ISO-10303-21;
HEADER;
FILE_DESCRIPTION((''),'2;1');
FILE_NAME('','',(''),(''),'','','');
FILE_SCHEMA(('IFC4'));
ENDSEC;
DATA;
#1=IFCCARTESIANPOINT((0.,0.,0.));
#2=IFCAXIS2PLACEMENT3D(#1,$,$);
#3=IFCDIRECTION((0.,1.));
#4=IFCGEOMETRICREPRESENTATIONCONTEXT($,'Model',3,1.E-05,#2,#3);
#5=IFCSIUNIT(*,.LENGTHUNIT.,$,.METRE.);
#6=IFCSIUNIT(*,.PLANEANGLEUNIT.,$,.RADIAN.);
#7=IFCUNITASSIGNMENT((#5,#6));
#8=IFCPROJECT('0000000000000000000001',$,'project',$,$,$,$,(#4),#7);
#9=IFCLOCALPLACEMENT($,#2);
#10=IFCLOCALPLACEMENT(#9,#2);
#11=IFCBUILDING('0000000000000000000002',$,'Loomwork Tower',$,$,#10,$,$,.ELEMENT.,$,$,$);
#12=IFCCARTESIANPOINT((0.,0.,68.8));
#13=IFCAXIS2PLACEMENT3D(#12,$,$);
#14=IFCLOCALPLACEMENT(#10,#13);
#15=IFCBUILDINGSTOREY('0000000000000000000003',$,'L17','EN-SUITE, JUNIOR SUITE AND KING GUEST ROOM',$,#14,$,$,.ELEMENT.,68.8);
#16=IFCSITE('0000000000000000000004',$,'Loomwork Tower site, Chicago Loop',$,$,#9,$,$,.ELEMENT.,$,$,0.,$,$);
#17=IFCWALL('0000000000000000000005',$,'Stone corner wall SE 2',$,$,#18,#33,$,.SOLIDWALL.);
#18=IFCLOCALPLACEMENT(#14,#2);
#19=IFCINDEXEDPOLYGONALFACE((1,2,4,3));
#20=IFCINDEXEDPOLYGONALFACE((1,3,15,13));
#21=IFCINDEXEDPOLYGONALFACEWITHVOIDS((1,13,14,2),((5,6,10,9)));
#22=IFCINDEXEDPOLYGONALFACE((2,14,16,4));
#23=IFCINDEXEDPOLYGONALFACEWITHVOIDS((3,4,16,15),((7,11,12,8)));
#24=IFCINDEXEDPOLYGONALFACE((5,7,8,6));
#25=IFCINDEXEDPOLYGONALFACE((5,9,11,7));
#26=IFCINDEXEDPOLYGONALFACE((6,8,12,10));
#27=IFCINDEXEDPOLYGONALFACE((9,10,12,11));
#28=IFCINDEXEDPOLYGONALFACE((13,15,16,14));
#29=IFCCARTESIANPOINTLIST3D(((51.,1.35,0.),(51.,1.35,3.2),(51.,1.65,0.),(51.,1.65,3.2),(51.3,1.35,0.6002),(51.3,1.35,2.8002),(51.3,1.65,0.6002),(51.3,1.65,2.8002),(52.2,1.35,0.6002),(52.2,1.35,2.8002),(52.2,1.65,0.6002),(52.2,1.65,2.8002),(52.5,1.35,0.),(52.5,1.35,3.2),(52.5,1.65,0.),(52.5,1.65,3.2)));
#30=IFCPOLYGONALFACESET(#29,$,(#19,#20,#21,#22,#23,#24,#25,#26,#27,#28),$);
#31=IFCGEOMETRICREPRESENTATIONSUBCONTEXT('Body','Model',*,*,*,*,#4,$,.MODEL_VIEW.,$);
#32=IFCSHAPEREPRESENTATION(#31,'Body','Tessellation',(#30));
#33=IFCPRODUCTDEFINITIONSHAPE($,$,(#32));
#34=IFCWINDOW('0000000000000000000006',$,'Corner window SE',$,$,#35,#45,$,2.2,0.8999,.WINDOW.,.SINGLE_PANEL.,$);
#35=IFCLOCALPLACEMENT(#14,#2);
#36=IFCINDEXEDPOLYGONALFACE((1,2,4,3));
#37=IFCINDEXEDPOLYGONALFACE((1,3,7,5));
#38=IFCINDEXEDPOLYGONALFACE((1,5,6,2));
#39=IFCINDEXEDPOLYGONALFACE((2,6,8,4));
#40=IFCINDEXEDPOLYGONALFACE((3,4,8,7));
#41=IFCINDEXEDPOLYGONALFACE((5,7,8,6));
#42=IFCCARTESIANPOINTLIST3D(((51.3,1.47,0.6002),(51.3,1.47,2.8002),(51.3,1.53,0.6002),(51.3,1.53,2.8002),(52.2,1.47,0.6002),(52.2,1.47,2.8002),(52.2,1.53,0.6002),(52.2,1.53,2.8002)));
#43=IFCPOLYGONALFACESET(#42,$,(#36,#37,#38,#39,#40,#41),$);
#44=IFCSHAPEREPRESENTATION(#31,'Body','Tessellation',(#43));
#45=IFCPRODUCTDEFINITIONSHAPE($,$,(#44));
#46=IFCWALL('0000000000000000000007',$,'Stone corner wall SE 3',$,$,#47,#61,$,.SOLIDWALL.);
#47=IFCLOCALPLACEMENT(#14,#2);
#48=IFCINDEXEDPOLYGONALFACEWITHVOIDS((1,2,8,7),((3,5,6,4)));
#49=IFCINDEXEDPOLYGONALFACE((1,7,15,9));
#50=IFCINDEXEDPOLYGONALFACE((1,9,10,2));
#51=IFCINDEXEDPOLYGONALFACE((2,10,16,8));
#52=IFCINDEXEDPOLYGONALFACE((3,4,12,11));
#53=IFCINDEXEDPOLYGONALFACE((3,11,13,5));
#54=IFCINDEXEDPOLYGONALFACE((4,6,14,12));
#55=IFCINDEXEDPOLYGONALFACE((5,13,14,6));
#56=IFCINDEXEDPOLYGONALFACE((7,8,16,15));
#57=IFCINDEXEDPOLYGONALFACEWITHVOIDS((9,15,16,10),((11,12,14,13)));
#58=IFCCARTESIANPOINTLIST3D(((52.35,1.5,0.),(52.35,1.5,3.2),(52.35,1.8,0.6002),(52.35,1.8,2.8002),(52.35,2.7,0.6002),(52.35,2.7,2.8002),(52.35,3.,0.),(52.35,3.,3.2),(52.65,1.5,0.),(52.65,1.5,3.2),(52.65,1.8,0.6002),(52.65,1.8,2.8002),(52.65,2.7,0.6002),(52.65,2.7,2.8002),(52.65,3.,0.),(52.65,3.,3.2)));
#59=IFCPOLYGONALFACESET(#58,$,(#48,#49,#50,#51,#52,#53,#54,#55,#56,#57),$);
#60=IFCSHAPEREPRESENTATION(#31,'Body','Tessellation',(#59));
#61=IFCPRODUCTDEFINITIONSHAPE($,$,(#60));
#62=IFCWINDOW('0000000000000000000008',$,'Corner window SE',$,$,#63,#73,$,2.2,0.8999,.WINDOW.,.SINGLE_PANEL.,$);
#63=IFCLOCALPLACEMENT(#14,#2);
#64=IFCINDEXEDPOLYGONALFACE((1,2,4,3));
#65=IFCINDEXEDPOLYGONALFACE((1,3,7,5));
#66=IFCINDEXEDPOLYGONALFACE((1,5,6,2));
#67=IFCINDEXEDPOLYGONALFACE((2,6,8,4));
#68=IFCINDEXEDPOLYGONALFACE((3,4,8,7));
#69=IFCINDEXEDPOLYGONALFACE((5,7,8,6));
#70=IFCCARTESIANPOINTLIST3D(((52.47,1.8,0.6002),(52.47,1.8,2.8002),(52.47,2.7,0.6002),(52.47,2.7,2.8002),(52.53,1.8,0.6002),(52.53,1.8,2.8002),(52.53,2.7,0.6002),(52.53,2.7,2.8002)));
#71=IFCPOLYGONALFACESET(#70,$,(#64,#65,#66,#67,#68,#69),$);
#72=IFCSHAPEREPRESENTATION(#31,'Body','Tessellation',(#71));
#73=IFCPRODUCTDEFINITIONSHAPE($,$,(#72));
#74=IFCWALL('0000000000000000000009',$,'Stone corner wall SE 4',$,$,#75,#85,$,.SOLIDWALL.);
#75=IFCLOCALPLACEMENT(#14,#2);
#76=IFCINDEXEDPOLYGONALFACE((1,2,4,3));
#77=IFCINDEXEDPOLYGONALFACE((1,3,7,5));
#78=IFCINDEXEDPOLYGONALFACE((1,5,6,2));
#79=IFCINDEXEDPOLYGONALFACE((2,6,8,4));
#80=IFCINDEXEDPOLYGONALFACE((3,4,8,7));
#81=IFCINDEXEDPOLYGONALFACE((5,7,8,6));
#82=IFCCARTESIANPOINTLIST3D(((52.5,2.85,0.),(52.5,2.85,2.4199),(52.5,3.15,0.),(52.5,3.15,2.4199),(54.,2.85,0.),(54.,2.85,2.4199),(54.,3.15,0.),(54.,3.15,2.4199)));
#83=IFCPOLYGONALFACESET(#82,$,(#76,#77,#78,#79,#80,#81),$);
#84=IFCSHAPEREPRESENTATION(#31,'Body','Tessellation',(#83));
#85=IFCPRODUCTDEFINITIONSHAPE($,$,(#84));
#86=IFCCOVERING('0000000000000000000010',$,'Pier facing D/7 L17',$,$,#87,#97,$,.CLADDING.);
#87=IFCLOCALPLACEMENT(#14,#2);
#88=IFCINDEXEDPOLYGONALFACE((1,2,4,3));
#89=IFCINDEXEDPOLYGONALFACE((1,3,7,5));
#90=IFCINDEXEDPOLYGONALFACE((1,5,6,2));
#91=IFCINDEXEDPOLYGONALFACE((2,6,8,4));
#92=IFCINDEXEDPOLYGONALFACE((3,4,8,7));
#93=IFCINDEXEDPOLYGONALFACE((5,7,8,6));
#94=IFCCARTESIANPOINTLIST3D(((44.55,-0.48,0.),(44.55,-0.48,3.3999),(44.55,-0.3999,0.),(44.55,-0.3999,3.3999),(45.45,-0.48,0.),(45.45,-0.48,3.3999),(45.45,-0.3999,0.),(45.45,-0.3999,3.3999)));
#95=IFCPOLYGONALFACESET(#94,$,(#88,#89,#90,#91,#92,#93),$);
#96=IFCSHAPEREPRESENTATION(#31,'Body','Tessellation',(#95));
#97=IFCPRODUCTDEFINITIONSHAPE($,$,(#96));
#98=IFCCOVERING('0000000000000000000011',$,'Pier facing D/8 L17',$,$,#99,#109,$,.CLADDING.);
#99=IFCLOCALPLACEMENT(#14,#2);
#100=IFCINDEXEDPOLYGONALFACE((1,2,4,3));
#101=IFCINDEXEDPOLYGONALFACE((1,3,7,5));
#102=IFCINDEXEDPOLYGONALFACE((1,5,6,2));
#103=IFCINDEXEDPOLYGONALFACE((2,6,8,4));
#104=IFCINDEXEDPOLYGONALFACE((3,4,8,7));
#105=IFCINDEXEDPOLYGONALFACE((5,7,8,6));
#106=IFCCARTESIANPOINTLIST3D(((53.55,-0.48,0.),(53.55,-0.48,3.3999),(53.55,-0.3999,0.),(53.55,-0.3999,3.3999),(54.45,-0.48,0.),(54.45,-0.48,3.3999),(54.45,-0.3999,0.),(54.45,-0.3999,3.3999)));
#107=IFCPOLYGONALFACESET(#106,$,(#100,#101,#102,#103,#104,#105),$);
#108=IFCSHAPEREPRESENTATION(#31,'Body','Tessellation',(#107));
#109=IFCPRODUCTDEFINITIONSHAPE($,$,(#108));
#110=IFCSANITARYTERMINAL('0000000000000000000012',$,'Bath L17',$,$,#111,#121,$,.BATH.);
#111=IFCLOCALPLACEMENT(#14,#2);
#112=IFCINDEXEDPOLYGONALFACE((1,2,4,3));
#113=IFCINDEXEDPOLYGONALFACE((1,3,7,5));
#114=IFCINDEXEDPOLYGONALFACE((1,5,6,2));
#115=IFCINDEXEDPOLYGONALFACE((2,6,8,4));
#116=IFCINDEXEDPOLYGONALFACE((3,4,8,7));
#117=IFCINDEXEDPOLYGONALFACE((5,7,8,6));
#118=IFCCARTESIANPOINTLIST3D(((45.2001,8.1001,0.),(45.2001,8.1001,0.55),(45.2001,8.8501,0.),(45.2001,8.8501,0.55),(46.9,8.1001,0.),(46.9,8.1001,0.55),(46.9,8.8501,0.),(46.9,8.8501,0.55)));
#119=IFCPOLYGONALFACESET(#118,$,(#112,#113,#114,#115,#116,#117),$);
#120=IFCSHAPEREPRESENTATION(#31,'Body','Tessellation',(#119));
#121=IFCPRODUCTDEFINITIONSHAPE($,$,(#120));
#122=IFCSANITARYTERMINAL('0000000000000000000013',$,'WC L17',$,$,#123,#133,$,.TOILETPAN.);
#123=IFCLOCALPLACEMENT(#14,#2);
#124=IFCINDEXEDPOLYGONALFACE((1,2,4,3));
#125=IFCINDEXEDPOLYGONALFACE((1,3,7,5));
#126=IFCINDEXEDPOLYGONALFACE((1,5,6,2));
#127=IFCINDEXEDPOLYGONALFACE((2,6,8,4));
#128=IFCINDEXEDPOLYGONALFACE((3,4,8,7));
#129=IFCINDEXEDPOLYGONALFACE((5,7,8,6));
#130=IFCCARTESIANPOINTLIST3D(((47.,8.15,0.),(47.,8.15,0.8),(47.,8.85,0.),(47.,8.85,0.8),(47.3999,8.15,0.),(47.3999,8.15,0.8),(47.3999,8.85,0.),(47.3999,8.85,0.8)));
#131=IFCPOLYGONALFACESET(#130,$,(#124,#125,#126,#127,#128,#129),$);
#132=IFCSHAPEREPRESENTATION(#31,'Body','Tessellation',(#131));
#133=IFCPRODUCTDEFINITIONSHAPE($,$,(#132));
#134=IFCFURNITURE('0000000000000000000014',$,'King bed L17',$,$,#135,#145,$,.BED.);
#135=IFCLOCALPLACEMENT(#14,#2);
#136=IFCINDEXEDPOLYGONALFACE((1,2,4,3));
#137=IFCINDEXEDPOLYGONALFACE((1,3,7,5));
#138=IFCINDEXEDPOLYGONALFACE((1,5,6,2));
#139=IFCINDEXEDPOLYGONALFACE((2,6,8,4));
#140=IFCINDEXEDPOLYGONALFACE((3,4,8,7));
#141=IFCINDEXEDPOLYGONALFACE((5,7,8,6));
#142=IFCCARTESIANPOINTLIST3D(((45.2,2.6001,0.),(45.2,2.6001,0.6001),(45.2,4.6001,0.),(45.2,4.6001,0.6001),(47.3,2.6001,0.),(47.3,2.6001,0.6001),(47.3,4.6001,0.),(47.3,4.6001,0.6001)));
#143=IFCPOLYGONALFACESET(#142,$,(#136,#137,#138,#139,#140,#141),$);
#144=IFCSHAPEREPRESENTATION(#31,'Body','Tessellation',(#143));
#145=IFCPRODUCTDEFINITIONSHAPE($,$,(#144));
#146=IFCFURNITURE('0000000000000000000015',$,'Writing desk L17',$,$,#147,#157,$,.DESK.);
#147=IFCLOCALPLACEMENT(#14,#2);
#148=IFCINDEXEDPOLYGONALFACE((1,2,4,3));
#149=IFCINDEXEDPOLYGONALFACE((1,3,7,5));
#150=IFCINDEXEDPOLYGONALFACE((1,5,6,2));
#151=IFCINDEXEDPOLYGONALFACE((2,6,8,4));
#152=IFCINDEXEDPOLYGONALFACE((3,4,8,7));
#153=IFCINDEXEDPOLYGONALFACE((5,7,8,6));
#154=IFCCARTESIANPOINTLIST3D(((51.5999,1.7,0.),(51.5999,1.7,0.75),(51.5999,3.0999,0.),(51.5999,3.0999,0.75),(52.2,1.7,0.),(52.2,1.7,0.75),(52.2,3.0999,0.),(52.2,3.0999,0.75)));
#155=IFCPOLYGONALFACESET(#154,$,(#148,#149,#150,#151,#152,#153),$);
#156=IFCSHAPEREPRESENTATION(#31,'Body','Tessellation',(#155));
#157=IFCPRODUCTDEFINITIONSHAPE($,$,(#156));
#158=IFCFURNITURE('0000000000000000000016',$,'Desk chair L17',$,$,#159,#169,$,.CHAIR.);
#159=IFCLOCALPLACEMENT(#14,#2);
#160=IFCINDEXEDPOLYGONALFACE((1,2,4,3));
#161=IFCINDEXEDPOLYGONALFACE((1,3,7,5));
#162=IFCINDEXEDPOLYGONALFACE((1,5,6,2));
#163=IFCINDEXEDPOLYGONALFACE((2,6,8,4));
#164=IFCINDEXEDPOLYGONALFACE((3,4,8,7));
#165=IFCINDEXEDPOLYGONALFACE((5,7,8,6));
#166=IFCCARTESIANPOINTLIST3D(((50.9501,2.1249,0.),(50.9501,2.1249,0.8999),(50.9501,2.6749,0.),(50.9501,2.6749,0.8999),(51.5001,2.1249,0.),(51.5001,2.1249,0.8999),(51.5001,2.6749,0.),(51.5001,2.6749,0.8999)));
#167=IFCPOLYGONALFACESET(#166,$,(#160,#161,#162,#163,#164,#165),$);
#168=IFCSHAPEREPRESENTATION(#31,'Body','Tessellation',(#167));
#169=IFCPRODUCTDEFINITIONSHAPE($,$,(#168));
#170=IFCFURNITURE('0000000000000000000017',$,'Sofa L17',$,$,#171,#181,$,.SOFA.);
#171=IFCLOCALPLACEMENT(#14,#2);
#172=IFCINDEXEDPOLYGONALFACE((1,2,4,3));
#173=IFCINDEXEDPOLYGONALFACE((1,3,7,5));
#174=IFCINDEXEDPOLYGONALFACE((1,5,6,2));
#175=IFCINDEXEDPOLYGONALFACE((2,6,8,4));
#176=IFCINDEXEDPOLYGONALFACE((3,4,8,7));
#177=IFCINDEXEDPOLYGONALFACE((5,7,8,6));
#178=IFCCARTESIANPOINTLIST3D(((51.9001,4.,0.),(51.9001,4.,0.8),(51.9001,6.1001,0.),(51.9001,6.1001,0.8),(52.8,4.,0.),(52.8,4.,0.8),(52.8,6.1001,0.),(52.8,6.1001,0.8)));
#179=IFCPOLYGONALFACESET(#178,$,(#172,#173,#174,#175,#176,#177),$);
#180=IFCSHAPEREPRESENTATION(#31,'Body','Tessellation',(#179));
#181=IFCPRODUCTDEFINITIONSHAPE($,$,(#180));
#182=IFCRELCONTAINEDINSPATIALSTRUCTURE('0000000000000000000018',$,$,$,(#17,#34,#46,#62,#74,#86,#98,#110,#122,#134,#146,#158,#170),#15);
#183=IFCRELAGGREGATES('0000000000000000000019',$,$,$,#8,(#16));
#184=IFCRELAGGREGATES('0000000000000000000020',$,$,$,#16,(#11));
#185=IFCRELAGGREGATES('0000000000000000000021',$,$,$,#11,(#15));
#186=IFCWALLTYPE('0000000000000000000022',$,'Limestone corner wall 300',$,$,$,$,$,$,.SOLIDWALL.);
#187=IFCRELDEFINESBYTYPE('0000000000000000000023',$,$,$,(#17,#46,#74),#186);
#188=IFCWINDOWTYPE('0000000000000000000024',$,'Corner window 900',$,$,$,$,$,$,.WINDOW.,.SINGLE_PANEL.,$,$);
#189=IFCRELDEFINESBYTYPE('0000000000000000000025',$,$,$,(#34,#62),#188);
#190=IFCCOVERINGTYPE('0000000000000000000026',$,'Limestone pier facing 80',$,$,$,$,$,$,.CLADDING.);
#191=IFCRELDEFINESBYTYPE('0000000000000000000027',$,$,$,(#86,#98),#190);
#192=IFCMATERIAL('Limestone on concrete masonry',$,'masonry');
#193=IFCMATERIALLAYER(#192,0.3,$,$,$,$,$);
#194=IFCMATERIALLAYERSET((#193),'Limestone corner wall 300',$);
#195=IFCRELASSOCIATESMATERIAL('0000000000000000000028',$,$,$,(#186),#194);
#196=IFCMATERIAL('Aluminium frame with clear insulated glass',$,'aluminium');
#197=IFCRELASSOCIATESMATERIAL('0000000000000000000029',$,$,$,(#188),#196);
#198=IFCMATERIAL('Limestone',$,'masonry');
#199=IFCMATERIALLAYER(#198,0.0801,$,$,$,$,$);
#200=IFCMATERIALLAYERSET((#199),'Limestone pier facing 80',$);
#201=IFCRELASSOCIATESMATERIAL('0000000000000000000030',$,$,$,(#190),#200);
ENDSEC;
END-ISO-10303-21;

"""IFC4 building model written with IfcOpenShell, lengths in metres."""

from ifc_helpers import new_model, si_unit, direction, frame, frame_2d, origin, origin_2d, place, context, subcontext, project, spatial, rectangle, extrude, material, layer, layer_set, type_object, element, fill, save


model = new_model("IFC4")

# Units and contexts
model_context = context("Model", 3, precision=1e-05, world=origin(), true_north=direction((0.0, 1.0)))
body_context = subcontext(model_context, "Body", "Model", "MODEL_VIEW")
ifc_project = project(units=[si_unit("LENGTHUNIT", "METRE"), si_unit("PLANEANGLEUNIT", "RADIAN")], contexts=[model_context])

# Site, building, storey
site_placement = place(None, origin())
site = spatial("IfcSite", under=ifc_project, at=site_placement, Name="Loomwork Tower site, Chicago Loop", CompositionType="ELEMENT", RefElevation=0.0)
building_placement = place(site_placement, origin())
building = spatial("IfcBuilding", under=site, at=building_placement, Name="Loomwork Tower", CompositionType="ELEMENT")
storey_placement = place(building_placement, frame((0.0, 0.0, 68.8)))
storey = spatial("IfcBuildingStorey", under=building, at=storey_placement, Name="L17", Description="EN-SUITE, JUNIOR SUITE AND KING GUEST ROOM", CompositionType="ELEMENT", Elevation=68.8)

# Shared definitions
ifc_material_1 = material(Name="Limestone on concrete masonry", Category="masonry")
ifc_layer_1 = layer(ifc_material_1, 0.3)
ifc_layer_set_1 = layer_set([ifc_layer_1], Name="Limestone corner wall 300")
wall_type_1 = type_object("IfcWallType", Name="Limestone corner wall 300", PredefinedType="SOLIDWALL", material=ifc_layer_set_1)

# Walls, openings, windows
wall_1_placement = place(storey_placement, frame((51.0, 1.5, 0.0), z_axis=(0.0, 0.0, 1.0), x_axis=(1.0, 0.0, 0.0)))
wall_1 = element("IfcWall", 1, at=wall_1_placement, inside=storey, type_object=wall_type_1, Name="Stone corner wall SE 2", PredefinedType="SOLIDWALL", context=body_context, shape_type="SweptSolid", body=[
    extrude(rectangle(XDim=1.5, YDim=0.3, at=frame_2d((0.75, 0.0))), origin(), (0.0, 0.0, 1.0), 3.2),
])
opening_1_placement = place(wall_1_placement, frame((0.3, 0.0, 0.6001)))
opening_1 = element("IfcOpeningElement", 2, at=opening_1_placement, cuts=wall_1, PredefinedType="OPENING", context=body_context, shape_type="SweptSolid", body=[
    extrude(rectangle(XDim=0.8999, YDim=2.2, at=frame_2d((0.45, 1.1001))), frame((0.0, 0.1599, 0.0), z_axis=(0.0, -1.0, 0.0), x_axis=(1.0, 0.0, 0.0)), (0.0, 0.0, 1.0), 0.3201),
])
ifc_material_2 = material(Name="Aluminium frame with clear insulated glass", Category="aluminium")
window_type_1 = type_object("IfcWindowType", Name="Corner window 900", PartitioningType="SINGLE_PANEL", PredefinedType="WINDOW", material=ifc_material_2)
window_1_placement = place(opening_1_placement, origin())
window_1 = element("IfcWindow", 3, at=window_1_placement, inside=storey, type_object=window_type_1, Name="Corner window SE", OverallHeight=2.2, OverallWidth=0.8999, PartitioningType="SINGLE_PANEL", PredefinedType="WINDOW", context=body_context, shape_type="SweptSolid", body=[
    extrude(rectangle(XDim=0.8999, YDim=2.2, at=frame_2d((0.45, 1.1001))), frame((0.0, 0.03, 0.0), z_axis=(0.0, -1.0, 0.0), x_axis=(1.0, 0.0, 0.0)), (0.0, 0.0, 1.0), 0.0601),
])
fill(opening_1, window_1)
wall_2_placement = place(storey_placement, frame((52.5, 1.5, 0.0), z_axis=(0.0, 0.0, 1.0), x_axis=(0.0, 1.0, 0.0)))
wall_2 = element("IfcWall", 4, at=wall_2_placement, inside=storey, type_object=wall_type_1, Name="Stone corner wall SE 3", PredefinedType="SOLIDWALL", context=body_context, shape_type="SweptSolid", body=[
    extrude(rectangle(XDim=1.5, YDim=0.3, at=frame_2d((0.75, 0.0))), origin(), (0.0, 0.0, 1.0), 3.2),
])
opening_2_placement = place(wall_2_placement, frame((0.3, 0.0, 0.6001)))
opening_2 = element("IfcOpeningElement", 5, at=opening_2_placement, cuts=wall_2, PredefinedType="OPENING", context=body_context, shape_type="SweptSolid", body=[
    extrude(rectangle(XDim=0.8999, YDim=2.2, at=frame_2d((0.45, 1.1001))), frame((0.0, 0.1599, 0.0), z_axis=(0.0, -1.0, 0.0), x_axis=(1.0, 0.0, 0.0)), (0.0, 0.0, 1.0), 0.3201),
])
window_2_placement = place(opening_2_placement, origin())
window_2 = element("IfcWindow", 6, at=window_2_placement, inside=storey, type_object=window_type_1, Name="Corner window SE", OverallHeight=2.2, OverallWidth=0.8999, PartitioningType="SINGLE_PANEL", PredefinedType="WINDOW", context=body_context, shape_type="SweptSolid", body=[
    extrude(rectangle(XDim=0.8999, YDim=2.2, at=frame_2d((0.45, 1.1001))), frame((0.0, 0.03, 0.0), z_axis=(0.0, -1.0, 0.0), x_axis=(1.0, 0.0, 0.0)), (0.0, 0.0, 1.0), 0.0601),
])
fill(opening_2, window_2)

# Wall
wall_3_placement = place(storey_placement, frame((52.5, 3.0, 0.0), z_axis=(0.0, 0.0, 1.0), x_axis=(1.0, 0.0, 0.0)))
element("IfcWall", 7, at=wall_3_placement, inside=storey, type_object=wall_type_1, Name="Stone corner wall SE 4", PredefinedType="SOLIDWALL", context=body_context, shape_type="SweptSolid", body=[
    extrude(rectangle(XDim=1.5, YDim=0.3, at=frame_2d((0.75, 0.0))), origin(), (0.0, 0.0, 1.0), 2.4199),
])

# Coverings
ifc_material_3 = material(Name="Limestone", Category="masonry")
ifc_layer_2 = layer(ifc_material_3, 0.0801)
ifc_layer_set_2 = layer_set([ifc_layer_2], Name="Limestone pier facing 80")
covering_type = type_object("IfcCoveringType", Name="Limestone pier facing 80", PredefinedType="CLADDING", material=ifc_layer_set_2)
for number, where, z_axis, x_axis, name in (
    (8, (45.0, -0.4399, 0.0), (0.0, 0.0, 1.0), (1.0, 0.0, 0.0), "Pier facing D/7 L17"),
    (9, (54.0, -0.4399, 0.0), (0.0, 0.0, 1.0), (1.0, 0.0, 0.0), "Pier facing D/8 L17"),
):
    element("IfcCovering", number, at=place(storey_placement, frame(where, z_axis=z_axis, x_axis=x_axis)), inside=storey, type_object=covering_type, Name=name, PredefinedType="CLADDING", context=body_context, shape_type="SweptSolid", body=[
        extrude(rectangle(XDim=0.8999, YDim=0.0801, at=origin_2d()), origin(), (0.0, 0.0, 1.0), 3.3999),
    ])

# Sanitary terminals
sanitary_terminal_1_placement = place(storey_placement, frame((46.05, 8.4751, 0.0), z_axis=(0.0, 0.0, 1.0), x_axis=(1.0, 0.0, 0.0)))
element("IfcSanitaryTerminal", 10, at=sanitary_terminal_1_placement, inside=storey, Name="Bath L17", PredefinedType="BATH", context=body_context, shape_type="SweptSolid", body=[
    extrude(rectangle(XDim=1.7, YDim=0.75, at=origin_2d()), origin(), (0.0, 0.0, 1.0), 0.55),
])
sanitary_terminal_2_placement = place(storey_placement, frame((47.2, 8.5, 0.0), z_axis=(0.0, 0.0, 1.0), x_axis=(1.0, 0.0, 0.0)))
element("IfcSanitaryTerminal", 11, at=sanitary_terminal_2_placement, inside=storey, Name="WC L17", PredefinedType="TOILETPAN", context=body_context, shape_type="SweptSolid", body=[
    extrude(rectangle(XDim=0.3999, YDim=0.7, at=origin_2d()), origin(), (0.0, 0.0, 1.0), 0.8),
])

# Furniture
furniture_1_placement = place(storey_placement, frame((46.25, 3.6001, 0.0), z_axis=(0.0, 0.0, 1.0), x_axis=(1.0, 0.0, 0.0)))
element("IfcFurniture", 12, at=furniture_1_placement, inside=storey, Name="King bed L17", PredefinedType="BED", context=body_context, shape_type="SweptSolid", body=[
    extrude(rectangle(XDim=2.1001, YDim=2.0, at=origin_2d()), origin(), (0.0, 0.0, 1.0), 0.6001),
])
furniture_2_placement = place(storey_placement, frame((51.8999, 2.3999, 0.0), z_axis=(0.0, 0.0, 1.0), x_axis=(1.0, 0.0, 0.0)))
element("IfcFurniture", 13, at=furniture_2_placement, inside=storey, Name="Writing desk L17", PredefinedType="DESK", context=body_context, shape_type="SweptSolid", body=[
    extrude(rectangle(XDim=0.6001, YDim=1.3999, at=origin_2d()), origin(), (0.0, 0.0, 1.0), 0.75),
])
furniture_3_placement = place(storey_placement, frame((51.2251, 2.3999, 0.0), z_axis=(0.0, 0.0, 1.0), x_axis=(1.0, 0.0, 0.0)))
element("IfcFurniture", 14, at=furniture_3_placement, inside=storey, Name="Desk chair L17", PredefinedType="CHAIR", context=body_context, shape_type="SweptSolid", body=[
    extrude(rectangle(XDim=0.55, YDim=0.55, at=origin_2d()), origin(), (0.0, 0.0, 1.0), 0.8999),
])
furniture_4_placement = place(storey_placement, frame((52.3501, 5.05, 0.0), z_axis=(0.0, 0.0, 1.0), x_axis=(1.0, 0.0, 0.0)))
element("IfcFurniture", 15, at=furniture_4_placement, inside=storey, Name="Sofa L17", PredefinedType="SOFA", context=body_context, shape_type="SweptSolid", body=[
    extrude(rectangle(XDim=0.8999, YDim=2.1001, at=origin_2d()), origin(), (0.0, 0.0, 1.0), 0.8),
])

save(model, "model.ifc")
